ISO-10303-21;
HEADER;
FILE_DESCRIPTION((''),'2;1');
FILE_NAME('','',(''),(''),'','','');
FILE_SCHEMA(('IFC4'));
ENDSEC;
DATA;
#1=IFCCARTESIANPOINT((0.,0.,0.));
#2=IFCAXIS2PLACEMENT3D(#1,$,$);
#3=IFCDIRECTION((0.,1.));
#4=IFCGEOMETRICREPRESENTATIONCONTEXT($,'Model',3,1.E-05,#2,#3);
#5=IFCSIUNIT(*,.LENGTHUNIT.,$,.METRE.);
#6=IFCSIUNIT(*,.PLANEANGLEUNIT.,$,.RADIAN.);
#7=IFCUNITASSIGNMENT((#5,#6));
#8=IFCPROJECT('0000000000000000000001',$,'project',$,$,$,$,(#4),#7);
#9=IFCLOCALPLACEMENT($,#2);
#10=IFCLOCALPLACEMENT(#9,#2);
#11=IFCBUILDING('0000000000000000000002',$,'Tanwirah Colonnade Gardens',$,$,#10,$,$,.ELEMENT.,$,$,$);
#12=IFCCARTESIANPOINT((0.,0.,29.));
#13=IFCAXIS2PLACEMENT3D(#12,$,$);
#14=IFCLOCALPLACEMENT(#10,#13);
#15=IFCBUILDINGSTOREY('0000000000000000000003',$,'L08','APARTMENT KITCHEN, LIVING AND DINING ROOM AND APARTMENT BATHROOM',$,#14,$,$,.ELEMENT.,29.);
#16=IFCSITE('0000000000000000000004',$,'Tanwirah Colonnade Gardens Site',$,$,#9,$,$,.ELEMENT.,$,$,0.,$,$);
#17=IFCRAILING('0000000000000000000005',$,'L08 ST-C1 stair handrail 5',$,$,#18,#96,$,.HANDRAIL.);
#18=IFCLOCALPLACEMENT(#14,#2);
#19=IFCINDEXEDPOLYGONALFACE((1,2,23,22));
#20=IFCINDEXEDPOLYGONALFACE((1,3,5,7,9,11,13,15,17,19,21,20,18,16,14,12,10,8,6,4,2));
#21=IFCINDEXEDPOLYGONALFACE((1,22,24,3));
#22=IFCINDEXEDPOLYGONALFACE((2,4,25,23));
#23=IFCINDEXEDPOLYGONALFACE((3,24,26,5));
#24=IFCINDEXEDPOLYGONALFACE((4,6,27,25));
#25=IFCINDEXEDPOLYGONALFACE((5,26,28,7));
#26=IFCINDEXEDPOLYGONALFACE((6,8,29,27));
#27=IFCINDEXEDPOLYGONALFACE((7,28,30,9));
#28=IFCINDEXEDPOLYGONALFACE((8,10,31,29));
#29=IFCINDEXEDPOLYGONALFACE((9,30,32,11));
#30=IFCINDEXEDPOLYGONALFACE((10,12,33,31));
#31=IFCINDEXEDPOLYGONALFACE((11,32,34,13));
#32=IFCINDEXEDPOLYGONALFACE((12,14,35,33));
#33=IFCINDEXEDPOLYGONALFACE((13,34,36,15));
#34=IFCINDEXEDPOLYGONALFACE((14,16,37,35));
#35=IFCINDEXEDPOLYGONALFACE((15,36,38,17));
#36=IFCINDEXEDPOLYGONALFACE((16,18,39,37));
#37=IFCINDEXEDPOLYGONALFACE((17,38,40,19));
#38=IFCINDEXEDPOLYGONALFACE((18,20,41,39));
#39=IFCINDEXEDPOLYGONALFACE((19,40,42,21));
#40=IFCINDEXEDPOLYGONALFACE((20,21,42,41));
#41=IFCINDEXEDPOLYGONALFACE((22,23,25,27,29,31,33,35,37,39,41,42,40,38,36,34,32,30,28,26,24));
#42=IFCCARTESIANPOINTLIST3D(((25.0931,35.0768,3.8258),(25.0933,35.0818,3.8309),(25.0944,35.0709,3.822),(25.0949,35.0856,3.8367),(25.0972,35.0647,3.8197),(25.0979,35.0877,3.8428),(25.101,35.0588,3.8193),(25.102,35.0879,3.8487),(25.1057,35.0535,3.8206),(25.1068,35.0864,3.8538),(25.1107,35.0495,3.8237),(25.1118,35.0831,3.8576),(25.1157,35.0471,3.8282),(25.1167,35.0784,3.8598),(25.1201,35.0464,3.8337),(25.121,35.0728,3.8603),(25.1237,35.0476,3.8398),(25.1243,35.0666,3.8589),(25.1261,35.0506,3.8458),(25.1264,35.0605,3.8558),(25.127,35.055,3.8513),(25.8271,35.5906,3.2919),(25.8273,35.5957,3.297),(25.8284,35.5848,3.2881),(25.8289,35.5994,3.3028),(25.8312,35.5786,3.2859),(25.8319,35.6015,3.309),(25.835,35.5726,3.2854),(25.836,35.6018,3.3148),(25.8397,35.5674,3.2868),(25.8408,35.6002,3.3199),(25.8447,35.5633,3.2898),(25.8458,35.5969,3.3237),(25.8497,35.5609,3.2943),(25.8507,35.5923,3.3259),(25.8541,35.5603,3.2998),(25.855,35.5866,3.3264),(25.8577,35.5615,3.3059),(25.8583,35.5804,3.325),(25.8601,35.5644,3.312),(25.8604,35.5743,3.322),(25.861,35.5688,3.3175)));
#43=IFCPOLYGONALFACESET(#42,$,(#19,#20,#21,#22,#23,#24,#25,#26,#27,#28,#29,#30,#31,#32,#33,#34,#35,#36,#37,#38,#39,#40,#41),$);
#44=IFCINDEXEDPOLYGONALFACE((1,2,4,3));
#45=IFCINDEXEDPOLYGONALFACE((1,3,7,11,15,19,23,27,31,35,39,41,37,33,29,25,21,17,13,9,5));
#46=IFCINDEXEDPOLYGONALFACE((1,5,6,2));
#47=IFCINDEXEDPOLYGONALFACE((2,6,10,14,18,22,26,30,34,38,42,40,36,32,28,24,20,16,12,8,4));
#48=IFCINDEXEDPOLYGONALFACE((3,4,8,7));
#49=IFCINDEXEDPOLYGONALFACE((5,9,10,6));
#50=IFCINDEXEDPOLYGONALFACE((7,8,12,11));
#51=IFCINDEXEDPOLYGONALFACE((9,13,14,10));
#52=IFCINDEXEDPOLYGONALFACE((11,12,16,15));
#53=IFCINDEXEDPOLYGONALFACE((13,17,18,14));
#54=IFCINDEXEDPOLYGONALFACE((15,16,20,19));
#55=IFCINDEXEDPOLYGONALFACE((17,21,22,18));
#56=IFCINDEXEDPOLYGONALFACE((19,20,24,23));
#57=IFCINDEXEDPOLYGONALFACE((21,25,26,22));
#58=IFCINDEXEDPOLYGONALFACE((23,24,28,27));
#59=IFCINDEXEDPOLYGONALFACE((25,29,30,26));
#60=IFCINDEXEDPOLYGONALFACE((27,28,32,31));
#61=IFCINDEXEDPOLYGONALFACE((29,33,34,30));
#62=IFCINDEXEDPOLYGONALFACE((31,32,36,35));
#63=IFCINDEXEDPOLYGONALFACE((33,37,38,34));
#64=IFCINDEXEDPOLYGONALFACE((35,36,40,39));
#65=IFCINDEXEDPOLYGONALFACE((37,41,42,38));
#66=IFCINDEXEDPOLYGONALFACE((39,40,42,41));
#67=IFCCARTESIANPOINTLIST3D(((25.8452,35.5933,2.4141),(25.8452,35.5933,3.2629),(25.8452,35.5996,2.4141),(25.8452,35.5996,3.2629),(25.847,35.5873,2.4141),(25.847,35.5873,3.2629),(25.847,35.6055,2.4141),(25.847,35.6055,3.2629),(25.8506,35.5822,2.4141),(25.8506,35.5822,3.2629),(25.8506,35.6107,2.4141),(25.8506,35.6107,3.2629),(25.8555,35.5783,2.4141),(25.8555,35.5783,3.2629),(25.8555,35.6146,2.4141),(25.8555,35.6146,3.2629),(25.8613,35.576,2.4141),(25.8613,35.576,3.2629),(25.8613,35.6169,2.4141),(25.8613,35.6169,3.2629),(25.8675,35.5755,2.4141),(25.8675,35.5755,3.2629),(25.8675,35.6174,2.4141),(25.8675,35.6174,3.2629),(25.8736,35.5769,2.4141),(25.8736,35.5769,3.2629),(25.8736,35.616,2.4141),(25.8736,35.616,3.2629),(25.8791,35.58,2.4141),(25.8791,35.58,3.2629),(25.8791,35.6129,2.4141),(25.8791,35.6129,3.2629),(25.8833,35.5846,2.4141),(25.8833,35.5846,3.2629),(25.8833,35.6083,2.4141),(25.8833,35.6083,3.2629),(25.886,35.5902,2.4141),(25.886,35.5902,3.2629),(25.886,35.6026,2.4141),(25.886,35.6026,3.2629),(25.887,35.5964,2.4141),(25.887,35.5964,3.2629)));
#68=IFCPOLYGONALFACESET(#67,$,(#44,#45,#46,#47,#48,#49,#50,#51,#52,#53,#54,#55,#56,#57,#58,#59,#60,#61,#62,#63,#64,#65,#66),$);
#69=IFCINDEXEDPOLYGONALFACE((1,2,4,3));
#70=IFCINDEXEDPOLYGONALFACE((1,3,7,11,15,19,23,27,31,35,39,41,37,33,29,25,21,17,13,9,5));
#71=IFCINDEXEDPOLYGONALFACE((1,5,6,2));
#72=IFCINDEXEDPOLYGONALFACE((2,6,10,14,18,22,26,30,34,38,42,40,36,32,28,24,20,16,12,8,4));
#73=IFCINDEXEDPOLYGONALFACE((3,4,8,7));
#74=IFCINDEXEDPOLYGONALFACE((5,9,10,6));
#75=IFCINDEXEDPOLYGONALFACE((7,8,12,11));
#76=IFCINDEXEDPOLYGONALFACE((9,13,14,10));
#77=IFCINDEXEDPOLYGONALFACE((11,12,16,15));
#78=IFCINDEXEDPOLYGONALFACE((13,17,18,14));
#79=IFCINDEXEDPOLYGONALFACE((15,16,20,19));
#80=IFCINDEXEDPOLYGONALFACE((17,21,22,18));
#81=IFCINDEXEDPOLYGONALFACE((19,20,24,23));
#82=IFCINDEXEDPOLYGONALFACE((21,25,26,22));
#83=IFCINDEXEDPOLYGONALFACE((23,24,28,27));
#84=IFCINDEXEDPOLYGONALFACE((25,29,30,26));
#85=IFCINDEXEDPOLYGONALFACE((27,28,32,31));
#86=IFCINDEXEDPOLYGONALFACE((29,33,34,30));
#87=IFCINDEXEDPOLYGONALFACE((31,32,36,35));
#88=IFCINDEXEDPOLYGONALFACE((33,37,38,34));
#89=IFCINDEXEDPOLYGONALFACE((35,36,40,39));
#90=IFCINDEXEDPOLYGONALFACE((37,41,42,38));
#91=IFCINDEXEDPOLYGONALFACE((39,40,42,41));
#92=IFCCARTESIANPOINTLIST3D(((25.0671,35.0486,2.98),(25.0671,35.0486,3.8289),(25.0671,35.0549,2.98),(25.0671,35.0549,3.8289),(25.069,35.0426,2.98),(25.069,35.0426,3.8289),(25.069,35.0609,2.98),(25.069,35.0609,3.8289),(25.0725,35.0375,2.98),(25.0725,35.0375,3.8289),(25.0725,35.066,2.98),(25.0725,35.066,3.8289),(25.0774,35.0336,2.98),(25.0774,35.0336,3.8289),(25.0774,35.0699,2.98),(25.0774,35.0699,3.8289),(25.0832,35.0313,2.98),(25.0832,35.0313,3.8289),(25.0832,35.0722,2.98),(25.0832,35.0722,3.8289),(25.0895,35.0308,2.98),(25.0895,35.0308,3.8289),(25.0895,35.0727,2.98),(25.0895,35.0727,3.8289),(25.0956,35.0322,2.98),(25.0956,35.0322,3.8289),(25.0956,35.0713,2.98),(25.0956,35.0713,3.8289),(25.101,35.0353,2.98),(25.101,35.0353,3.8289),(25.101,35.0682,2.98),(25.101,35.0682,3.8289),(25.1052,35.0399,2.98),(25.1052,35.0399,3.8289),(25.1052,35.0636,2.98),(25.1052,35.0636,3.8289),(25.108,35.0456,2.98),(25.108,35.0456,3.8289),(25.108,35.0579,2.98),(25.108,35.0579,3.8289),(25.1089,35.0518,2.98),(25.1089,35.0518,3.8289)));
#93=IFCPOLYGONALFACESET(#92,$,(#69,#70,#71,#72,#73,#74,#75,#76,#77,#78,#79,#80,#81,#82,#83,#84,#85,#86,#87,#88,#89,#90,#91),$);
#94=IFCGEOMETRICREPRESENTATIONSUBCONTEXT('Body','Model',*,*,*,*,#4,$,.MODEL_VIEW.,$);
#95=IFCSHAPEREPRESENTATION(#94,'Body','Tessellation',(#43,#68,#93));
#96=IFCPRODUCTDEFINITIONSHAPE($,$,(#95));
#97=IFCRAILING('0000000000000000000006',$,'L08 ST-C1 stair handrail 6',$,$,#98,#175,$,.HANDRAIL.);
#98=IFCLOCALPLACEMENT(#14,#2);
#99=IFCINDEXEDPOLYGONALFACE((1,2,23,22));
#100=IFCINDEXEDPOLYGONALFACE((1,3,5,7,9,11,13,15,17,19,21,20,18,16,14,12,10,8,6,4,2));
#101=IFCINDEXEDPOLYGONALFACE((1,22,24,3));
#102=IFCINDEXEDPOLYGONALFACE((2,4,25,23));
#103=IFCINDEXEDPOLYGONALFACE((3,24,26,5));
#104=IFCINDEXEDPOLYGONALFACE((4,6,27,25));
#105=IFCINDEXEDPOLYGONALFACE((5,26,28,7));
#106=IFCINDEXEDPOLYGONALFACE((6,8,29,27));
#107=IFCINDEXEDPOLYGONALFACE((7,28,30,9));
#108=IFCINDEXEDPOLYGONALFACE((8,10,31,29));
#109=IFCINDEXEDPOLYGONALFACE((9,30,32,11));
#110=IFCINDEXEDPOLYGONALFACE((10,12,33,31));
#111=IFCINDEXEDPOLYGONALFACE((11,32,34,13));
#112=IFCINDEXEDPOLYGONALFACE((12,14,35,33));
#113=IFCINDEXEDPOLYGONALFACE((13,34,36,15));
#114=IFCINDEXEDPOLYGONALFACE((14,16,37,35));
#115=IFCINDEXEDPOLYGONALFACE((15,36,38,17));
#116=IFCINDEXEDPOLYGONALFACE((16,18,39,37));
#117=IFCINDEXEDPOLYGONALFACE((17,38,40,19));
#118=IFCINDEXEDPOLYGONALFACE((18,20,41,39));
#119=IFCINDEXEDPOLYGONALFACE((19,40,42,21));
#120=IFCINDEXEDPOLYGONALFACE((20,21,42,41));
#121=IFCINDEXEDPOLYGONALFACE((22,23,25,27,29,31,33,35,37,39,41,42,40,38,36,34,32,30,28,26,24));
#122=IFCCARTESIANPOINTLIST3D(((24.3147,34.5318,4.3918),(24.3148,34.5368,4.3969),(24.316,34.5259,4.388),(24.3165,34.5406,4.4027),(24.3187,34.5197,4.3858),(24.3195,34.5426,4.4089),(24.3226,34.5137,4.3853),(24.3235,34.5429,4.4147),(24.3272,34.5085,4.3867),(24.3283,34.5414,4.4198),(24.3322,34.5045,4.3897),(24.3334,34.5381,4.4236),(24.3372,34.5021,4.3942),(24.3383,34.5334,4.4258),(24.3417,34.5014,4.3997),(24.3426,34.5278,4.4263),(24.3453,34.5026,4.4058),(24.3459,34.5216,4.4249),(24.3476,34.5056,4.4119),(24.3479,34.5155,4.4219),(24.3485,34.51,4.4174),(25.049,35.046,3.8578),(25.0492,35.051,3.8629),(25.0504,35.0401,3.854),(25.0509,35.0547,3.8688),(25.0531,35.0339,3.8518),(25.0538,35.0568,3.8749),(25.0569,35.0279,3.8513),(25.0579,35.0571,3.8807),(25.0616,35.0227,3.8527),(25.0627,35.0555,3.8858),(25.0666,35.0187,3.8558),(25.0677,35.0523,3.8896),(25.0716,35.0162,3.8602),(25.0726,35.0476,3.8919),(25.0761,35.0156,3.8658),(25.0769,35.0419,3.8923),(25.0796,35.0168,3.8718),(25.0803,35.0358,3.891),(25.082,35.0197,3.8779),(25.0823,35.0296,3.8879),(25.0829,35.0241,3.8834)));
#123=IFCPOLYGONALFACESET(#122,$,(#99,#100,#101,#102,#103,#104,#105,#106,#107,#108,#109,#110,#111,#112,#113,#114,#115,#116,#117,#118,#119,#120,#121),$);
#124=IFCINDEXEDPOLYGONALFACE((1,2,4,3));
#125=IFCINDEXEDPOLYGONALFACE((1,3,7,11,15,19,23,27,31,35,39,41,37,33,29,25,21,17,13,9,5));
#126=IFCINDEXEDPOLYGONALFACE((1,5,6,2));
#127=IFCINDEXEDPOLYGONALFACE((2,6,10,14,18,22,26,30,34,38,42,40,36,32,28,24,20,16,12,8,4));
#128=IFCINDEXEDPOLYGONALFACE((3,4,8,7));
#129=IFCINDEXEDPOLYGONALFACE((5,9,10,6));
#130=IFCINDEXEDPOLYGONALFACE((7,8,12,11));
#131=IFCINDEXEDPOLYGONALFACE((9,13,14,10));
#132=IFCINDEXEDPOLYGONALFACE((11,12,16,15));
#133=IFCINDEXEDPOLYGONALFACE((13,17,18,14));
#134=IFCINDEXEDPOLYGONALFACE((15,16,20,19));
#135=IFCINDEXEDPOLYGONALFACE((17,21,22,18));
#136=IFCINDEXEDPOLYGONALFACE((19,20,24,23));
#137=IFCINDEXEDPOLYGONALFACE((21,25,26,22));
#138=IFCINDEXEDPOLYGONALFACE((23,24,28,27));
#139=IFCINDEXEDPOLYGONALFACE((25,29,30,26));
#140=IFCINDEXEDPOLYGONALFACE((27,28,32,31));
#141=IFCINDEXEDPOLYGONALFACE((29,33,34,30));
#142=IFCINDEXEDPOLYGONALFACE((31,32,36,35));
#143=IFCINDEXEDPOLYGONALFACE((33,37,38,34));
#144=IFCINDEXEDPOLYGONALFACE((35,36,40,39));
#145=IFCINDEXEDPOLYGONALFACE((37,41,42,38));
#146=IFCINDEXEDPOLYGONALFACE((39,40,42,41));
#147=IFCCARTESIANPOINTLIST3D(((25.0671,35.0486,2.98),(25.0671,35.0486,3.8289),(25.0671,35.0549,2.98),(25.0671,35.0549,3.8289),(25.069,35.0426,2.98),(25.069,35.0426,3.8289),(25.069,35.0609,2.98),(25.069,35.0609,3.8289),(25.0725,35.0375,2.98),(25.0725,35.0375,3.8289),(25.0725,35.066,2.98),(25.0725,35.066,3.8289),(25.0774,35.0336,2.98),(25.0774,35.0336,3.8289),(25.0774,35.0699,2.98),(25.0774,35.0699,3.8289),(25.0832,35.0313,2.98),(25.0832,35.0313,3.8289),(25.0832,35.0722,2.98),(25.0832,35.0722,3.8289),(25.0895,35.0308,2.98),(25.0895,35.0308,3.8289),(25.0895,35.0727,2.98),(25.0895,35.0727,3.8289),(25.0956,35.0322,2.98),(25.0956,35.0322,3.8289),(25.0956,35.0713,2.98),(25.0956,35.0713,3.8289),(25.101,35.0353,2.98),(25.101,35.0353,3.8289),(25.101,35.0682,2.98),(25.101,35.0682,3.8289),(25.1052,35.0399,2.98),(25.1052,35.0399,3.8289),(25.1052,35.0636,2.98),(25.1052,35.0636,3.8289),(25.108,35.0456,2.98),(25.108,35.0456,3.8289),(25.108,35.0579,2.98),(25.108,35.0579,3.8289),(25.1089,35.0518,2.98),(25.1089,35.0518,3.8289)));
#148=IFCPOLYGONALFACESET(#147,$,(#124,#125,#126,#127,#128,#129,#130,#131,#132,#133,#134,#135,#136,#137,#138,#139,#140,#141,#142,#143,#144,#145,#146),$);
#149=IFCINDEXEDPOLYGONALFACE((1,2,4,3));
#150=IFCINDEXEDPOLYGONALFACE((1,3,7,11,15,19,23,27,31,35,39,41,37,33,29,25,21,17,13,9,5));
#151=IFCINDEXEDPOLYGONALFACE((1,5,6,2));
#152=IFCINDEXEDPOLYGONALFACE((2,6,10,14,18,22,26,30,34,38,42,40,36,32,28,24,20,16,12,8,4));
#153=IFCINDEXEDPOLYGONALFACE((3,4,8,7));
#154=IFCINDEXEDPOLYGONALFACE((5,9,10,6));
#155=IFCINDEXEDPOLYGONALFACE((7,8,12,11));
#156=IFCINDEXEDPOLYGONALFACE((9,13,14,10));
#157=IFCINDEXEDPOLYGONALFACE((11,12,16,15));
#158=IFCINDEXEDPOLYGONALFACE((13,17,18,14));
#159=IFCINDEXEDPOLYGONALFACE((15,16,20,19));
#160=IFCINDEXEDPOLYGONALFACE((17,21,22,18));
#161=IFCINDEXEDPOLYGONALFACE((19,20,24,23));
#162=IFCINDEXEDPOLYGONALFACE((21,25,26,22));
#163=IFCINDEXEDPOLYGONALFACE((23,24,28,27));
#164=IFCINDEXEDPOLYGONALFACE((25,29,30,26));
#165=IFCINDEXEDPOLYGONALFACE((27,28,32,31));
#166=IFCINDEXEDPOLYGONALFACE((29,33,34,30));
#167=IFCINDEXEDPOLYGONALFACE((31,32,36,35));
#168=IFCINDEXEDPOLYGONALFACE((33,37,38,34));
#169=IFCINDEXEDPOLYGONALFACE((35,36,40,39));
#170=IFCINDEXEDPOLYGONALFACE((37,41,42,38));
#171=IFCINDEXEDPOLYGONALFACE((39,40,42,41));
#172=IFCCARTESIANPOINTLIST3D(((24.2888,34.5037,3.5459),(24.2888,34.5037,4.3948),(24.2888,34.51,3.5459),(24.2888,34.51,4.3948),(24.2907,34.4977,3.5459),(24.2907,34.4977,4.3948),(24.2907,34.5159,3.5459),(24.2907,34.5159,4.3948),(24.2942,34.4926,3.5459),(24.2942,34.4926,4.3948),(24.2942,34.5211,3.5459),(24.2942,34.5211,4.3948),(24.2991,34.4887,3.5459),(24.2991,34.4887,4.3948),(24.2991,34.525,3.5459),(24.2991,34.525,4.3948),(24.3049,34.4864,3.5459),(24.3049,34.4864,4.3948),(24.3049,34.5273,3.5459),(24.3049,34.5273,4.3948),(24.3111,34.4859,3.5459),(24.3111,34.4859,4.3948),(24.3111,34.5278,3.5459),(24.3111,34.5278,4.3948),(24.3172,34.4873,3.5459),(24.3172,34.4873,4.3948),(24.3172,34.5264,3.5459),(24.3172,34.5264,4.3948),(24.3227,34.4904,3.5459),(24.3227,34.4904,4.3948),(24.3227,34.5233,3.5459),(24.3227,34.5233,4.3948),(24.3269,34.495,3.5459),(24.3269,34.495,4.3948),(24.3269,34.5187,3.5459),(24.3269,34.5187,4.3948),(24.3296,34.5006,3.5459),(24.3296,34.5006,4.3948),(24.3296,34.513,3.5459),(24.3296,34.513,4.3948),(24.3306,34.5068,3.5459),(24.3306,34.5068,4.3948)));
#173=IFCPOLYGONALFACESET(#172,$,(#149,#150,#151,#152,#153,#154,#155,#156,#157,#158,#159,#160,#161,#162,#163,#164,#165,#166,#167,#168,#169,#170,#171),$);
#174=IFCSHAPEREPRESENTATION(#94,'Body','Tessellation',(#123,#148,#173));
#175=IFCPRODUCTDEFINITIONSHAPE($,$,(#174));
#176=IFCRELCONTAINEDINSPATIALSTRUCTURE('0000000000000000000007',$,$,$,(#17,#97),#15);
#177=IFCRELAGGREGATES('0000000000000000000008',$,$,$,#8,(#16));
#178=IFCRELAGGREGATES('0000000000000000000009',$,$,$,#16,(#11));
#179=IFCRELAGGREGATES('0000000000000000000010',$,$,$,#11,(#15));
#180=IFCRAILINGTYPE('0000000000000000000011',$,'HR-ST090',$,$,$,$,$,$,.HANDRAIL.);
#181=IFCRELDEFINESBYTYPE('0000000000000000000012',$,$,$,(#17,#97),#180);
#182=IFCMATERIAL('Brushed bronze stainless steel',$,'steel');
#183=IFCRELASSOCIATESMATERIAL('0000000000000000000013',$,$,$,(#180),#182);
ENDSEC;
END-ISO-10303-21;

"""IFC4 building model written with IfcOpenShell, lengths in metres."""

from ifc_helpers import new_model, si_unit, direction, frame, origin, origin_2d, place, context, subcontext, project, spatial, circle, extrude, material, type_object, element, save


model = new_model("IFC4")

# Units and contexts
model_context = context("Model", 3, precision=1e-05, world=origin(), true_north=direction((0.0, 1.0)))
body_context = subcontext(model_context, "Body", "Model", "MODEL_VIEW")
ifc_project = project(units=[si_unit("LENGTHUNIT", "METRE"), si_unit("PLANEANGLEUNIT", "RADIAN")], contexts=[model_context])

# Site, building, storey
site_placement = place(None, origin())
site = spatial("IfcSite", under=ifc_project, at=site_placement, Name="Tanwirah Colonnade Gardens Site", CompositionType="ELEMENT", RefElevation=0.0)
building_placement = place(site_placement, origin())
building = spatial("IfcBuilding", under=site, at=building_placement, Name="Tanwirah Colonnade Gardens", CompositionType="ELEMENT")
storey_placement = place(building_placement, frame((0.0, 0.0, 29.0)))
storey = spatial("IfcBuildingStorey", under=building, at=storey_placement, Name="L08", Description="APARTMENT KITCHEN, LIVING AND DINING ROOM AND APARTMENT BATHROOM", CompositionType="ELEMENT", Elevation=29.0)

# Railings
ifc_material_1 = material(Name="Brushed bronze stainless steel", Category="steel")
railing_type_1 = type_object("IfcRailingType", Name="HR-ST090", PredefinedType="HANDRAIL", material=ifc_material_1)
railing_1_placement = place(storey_placement, frame((25.866, 35.5964, 2.4141)))
element("IfcRailing", 1, at=railing_1_placement, inside=storey, type_object=railing_type_1, Name="L08 ST-C1 stair handrail 5", PredefinedType="HANDRAIL", context=body_context, shape_type="SweptSolid", body=[
    extrude(circle(Radius=0.0239, at=origin_2d()), frame((-0.022, -0.0154, 0.8918), z_axis=(-0.703763, -0.492656, 0.511868), x_axis=(0.57348, -0.81922, 0.0)), (0.0, 0.0, 1.0), 1.043),
    extrude(circle(Radius=0.021, at=origin_2d()), origin(), (0.0, 0.0, 1.0), 0.8489),
    extrude(circle(Radius=0.021, at=origin_2d()), frame((-0.7781, -0.5447, 0.5659)), (0.0, 0.0, 1.0), 0.8489),
])
railing_2_placement = place(storey_placement, frame((25.0879, 35.0518, 2.98)))
element("IfcRailing", 2, at=railing_2_placement, inside=storey, type_object=railing_type_1, Name="L08 ST-C1 stair handrail 6", PredefinedType="HANDRAIL", context=body_context, shape_type="SweptSolid", body=[
    extrude(circle(Radius=0.0239, at=origin_2d()), frame((-0.022, -0.0154, 0.8918), z_axis=(-0.703797, -0.492747, 0.511732), x_axis=(0.573531, -0.819184, 0.0)), (0.0, 0.0, 1.0), 1.0435),
    extrude(circle(Radius=0.021, at=origin_2d()), origin(), (0.0, 0.0, 1.0), 0.8489),
    extrude(circle(Radius=0.021, at=origin_2d()), frame((-0.7783, -0.5449, 0.5659)), (0.0, 0.0, 1.0), 0.8489),
])

save(model, "model.ifc")
